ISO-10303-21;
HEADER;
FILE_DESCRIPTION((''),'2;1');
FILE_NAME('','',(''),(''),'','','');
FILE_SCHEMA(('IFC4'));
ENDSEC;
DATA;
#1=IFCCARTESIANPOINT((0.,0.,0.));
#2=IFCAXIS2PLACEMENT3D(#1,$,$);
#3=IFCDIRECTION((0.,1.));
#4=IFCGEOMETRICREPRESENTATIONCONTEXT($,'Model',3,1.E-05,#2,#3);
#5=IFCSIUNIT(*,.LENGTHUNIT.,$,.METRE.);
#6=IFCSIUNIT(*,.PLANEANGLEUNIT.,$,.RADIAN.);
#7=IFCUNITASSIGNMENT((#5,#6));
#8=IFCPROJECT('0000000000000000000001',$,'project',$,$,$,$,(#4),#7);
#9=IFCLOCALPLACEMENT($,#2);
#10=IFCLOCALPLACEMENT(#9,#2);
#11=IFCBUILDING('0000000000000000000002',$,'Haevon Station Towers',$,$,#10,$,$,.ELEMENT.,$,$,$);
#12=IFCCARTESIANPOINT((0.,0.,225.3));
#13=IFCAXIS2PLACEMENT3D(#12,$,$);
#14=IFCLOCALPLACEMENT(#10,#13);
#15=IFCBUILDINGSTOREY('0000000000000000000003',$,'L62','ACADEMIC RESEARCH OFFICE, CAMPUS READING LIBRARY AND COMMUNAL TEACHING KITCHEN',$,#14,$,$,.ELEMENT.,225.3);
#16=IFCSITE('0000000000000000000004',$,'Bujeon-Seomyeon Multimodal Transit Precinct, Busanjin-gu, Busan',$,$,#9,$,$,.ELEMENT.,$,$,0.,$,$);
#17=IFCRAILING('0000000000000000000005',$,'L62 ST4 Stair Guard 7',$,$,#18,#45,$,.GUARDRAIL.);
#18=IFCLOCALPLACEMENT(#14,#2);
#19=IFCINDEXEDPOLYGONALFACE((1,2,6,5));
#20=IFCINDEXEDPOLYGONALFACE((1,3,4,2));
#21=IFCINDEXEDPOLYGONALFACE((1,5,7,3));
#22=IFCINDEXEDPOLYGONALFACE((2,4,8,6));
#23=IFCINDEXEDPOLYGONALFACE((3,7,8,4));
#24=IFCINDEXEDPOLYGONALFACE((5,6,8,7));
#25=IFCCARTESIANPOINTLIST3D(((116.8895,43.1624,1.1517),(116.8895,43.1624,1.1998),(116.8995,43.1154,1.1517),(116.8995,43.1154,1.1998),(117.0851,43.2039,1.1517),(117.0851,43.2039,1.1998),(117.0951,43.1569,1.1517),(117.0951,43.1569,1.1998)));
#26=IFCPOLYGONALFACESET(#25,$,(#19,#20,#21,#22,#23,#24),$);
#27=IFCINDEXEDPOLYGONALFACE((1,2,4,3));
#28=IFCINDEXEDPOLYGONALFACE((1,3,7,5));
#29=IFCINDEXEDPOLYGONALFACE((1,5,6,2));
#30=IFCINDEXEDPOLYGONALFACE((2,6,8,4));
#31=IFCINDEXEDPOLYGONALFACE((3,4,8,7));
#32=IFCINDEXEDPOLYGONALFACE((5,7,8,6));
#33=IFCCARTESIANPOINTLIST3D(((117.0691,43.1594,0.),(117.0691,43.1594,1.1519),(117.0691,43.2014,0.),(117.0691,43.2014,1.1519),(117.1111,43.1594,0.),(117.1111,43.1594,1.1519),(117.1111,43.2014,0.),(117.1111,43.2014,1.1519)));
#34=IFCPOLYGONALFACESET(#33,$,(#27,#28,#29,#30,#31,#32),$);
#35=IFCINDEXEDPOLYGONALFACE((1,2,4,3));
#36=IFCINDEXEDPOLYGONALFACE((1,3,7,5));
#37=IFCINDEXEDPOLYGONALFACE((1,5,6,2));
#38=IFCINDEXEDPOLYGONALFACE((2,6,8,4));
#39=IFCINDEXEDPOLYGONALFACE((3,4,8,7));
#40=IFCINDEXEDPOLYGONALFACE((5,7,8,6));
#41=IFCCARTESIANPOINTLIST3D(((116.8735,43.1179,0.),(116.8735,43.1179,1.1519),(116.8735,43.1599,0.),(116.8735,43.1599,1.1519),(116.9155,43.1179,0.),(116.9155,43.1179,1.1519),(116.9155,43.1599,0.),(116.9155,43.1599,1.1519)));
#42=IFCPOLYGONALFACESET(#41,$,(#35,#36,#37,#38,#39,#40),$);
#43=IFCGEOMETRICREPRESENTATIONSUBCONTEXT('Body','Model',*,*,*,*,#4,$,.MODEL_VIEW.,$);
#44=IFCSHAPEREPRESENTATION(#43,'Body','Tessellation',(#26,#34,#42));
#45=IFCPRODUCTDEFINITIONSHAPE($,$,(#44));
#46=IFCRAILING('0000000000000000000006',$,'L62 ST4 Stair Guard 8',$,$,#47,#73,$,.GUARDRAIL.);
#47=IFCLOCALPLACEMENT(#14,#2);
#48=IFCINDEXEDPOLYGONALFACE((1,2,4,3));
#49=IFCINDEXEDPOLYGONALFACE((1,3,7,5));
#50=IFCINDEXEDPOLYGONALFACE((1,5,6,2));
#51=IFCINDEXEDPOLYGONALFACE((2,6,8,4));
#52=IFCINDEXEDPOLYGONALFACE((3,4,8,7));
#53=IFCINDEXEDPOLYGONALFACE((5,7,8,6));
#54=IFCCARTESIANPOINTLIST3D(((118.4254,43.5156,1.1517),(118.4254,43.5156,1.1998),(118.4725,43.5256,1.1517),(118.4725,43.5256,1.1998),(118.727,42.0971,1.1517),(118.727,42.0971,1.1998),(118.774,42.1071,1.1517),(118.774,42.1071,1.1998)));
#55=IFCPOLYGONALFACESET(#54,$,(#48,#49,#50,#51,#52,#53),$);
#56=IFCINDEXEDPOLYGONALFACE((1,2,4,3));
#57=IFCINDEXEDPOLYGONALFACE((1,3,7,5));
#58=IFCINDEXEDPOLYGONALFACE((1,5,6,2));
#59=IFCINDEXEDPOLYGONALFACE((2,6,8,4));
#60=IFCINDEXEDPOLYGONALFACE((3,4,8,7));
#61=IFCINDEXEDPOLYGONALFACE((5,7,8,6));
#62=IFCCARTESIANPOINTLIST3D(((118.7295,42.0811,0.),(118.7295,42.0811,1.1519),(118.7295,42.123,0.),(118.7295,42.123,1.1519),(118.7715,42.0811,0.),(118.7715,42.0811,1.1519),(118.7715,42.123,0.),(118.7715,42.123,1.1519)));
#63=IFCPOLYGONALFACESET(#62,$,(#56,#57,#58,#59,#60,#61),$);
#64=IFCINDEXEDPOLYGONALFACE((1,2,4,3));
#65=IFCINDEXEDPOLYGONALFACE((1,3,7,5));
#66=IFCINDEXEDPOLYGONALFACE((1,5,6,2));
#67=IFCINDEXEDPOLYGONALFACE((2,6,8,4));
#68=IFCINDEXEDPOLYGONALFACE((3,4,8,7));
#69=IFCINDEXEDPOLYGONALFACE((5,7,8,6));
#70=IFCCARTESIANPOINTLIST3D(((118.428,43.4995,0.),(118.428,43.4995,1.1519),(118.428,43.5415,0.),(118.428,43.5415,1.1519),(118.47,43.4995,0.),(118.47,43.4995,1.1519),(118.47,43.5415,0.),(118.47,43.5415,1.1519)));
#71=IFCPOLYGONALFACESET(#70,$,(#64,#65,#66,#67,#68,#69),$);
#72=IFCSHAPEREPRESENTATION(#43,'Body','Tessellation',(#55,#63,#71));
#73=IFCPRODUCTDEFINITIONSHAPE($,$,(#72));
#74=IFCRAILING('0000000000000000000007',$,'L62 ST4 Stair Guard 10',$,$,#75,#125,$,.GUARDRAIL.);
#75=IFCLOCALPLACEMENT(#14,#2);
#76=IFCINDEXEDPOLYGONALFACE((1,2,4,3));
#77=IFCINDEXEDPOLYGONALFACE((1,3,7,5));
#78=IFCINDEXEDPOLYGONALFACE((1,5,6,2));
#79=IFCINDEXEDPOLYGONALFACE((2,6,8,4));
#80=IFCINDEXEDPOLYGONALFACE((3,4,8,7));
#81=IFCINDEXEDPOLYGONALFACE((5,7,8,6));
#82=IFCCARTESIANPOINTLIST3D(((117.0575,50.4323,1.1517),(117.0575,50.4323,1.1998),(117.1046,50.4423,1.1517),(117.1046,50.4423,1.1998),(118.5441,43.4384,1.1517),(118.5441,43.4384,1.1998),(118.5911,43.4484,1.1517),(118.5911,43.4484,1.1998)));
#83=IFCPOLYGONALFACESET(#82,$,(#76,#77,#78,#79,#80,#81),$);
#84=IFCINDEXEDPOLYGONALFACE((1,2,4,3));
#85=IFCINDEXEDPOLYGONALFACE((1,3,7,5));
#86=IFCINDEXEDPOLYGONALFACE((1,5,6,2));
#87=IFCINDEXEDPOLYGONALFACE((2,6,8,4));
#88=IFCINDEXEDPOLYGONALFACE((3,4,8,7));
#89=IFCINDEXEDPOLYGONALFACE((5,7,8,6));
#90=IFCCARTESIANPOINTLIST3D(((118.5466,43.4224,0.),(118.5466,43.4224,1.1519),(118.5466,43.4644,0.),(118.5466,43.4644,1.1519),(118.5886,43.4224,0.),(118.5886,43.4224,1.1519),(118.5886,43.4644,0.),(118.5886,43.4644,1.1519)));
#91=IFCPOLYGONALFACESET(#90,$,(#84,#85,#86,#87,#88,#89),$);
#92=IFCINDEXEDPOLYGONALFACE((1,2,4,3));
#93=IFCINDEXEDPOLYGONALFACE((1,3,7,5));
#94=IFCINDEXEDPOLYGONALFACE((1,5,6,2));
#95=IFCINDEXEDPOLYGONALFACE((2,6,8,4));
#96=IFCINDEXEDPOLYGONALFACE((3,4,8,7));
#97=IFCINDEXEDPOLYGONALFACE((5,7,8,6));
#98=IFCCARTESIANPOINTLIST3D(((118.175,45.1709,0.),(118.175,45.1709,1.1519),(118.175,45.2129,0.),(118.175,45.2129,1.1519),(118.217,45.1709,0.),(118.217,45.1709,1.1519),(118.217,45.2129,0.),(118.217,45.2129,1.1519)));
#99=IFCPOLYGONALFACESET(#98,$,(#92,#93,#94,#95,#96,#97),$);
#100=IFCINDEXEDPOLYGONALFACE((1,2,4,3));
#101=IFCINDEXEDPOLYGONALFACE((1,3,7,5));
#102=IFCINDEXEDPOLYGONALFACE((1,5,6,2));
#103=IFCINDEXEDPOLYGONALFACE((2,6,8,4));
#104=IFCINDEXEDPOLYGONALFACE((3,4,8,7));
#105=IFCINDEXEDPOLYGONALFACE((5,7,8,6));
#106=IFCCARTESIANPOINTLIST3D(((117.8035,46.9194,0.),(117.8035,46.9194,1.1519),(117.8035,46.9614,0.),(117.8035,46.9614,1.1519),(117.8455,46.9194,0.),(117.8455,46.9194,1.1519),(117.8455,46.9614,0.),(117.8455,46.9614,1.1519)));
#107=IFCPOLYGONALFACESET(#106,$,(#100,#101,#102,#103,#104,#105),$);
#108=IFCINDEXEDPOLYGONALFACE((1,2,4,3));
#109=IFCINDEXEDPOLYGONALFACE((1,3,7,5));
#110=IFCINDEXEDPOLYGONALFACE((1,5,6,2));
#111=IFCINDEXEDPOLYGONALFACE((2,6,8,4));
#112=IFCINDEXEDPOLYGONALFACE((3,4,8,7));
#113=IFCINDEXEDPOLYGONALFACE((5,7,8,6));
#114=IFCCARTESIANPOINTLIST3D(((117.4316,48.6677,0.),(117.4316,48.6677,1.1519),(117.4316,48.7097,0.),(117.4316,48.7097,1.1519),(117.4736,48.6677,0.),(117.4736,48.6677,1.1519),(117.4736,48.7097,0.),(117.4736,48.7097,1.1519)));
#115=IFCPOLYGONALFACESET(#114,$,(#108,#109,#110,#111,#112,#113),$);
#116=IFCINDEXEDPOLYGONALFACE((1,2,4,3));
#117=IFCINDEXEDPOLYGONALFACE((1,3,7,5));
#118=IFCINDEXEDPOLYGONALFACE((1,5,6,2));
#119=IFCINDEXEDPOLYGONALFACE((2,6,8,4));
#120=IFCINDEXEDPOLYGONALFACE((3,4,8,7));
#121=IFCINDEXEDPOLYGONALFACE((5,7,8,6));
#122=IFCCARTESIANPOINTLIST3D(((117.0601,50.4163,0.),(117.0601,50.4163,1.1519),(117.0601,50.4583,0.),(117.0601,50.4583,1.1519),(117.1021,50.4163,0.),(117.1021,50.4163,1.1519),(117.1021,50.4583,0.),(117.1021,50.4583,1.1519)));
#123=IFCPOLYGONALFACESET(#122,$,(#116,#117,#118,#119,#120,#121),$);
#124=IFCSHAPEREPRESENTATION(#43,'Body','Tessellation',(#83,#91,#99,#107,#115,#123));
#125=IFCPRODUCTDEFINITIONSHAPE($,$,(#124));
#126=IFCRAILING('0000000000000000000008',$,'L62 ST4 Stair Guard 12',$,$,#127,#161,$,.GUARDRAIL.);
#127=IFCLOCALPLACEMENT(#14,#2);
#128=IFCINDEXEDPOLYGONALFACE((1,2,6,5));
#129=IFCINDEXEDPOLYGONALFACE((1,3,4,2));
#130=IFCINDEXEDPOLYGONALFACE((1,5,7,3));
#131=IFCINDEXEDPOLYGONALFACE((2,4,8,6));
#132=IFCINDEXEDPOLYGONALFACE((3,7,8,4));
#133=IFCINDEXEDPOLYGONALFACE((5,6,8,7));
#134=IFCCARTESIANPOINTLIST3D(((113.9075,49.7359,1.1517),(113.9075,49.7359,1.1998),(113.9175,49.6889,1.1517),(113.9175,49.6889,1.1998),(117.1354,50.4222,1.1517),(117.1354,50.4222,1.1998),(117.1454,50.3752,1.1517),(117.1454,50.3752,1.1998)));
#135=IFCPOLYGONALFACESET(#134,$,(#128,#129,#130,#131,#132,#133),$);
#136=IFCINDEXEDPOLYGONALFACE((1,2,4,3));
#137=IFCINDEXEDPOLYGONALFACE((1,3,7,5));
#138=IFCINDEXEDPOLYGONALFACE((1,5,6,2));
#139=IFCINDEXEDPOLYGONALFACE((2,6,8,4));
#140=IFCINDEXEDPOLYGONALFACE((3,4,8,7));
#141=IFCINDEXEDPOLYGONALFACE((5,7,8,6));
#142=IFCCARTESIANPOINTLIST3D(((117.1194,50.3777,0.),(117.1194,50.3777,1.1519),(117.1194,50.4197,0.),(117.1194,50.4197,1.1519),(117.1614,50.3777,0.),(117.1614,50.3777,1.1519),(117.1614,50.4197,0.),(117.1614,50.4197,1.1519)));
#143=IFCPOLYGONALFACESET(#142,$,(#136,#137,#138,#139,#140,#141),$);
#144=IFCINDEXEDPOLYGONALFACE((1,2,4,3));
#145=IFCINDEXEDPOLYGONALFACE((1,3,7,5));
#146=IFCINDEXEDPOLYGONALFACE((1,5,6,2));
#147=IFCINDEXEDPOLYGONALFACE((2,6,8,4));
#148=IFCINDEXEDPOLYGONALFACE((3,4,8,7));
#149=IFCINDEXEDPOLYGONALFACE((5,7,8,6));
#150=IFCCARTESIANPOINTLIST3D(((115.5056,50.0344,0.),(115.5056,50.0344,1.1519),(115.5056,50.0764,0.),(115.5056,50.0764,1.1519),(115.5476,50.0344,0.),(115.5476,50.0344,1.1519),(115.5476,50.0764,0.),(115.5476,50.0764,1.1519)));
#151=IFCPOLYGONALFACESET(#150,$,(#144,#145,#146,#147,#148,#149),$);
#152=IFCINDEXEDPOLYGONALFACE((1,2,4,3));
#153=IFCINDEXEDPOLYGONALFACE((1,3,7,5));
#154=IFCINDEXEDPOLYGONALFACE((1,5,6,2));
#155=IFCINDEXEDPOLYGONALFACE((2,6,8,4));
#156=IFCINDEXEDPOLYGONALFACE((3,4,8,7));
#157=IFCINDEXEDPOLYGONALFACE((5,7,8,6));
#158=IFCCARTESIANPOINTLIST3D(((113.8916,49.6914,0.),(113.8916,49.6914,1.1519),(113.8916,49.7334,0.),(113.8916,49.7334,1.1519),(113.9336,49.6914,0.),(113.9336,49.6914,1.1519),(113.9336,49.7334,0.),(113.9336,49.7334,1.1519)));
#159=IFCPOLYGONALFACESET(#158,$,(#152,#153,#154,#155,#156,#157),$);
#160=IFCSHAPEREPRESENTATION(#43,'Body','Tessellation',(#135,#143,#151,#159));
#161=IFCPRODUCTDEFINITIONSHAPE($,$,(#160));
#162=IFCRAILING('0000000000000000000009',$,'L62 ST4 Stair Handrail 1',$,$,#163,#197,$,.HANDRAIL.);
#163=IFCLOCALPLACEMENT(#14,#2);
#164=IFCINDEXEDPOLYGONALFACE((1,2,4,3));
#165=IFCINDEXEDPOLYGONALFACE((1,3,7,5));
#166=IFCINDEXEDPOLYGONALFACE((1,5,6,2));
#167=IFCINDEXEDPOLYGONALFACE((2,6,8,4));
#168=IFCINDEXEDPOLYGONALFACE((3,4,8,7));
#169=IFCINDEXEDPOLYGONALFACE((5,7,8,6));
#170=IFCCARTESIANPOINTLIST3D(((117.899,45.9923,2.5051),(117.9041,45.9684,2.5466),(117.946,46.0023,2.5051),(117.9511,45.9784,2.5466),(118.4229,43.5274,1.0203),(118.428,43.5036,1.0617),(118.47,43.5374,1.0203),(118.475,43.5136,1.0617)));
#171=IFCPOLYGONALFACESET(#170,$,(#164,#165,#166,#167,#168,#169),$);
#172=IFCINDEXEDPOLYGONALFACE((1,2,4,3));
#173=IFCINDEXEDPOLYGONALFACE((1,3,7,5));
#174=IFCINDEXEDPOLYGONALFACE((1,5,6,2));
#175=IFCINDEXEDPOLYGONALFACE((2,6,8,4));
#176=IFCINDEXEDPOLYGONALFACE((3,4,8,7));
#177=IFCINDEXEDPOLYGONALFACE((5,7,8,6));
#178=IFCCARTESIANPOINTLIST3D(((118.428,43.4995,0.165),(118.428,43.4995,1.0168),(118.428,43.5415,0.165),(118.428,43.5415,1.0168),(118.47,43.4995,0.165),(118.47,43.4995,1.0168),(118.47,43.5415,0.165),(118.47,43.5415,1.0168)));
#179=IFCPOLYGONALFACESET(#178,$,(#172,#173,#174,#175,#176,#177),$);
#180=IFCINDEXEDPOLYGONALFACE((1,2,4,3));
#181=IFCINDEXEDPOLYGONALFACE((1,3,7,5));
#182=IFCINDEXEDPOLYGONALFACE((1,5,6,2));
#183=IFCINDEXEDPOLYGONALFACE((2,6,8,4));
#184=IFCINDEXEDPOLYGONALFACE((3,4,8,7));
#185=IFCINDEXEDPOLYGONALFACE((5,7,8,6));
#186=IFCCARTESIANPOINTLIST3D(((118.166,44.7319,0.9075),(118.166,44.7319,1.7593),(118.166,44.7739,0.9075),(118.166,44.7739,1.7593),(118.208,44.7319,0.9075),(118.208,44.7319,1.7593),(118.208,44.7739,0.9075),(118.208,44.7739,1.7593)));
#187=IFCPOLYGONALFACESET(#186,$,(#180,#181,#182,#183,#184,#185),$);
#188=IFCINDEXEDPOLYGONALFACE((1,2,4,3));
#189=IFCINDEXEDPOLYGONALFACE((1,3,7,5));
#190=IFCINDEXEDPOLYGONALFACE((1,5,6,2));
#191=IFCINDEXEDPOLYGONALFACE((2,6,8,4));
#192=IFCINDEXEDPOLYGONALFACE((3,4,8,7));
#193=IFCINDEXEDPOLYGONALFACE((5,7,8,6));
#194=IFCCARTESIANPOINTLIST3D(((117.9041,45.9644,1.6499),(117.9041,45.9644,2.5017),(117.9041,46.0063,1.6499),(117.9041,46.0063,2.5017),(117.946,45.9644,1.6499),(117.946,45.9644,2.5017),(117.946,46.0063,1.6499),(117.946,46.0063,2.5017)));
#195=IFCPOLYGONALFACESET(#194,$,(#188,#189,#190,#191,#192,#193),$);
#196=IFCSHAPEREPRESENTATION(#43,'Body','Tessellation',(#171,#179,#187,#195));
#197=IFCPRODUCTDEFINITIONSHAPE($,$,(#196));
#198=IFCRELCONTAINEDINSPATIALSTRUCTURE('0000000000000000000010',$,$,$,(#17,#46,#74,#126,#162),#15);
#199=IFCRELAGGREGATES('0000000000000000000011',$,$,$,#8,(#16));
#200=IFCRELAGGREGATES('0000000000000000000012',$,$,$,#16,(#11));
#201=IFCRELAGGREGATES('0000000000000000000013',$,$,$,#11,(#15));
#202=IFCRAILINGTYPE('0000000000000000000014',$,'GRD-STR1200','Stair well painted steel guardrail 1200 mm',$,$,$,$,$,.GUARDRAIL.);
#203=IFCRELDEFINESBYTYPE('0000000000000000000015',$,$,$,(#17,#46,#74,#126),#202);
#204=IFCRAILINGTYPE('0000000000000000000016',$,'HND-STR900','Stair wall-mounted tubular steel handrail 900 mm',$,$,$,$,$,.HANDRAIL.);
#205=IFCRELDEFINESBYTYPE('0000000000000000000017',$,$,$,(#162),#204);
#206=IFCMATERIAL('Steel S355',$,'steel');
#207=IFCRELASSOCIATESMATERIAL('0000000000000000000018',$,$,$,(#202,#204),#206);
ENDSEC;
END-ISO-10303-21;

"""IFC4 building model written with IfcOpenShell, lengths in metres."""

from ifc_helpers import new_model, si_unit, direction, frame, origin, origin_2d, place, context, subcontext, project, spatial, rectangle, extrude, material, type_object, element, save


model = new_model("IFC4")

# Units and contexts
model_context = context("Model", 3, precision=1e-05, world=origin(), true_north=direction((0.0, 1.0)))
body_context = subcontext(model_context, "Body", "Model", "MODEL_VIEW")
ifc_project = project(units=[si_unit("LENGTHUNIT", "METRE"), si_unit("PLANEANGLEUNIT", "RADIAN")], contexts=[model_context])

# Site, building, storey
site_placement = place(None, origin())
site = spatial("IfcSite", under=ifc_project, at=site_placement, Name="Bujeon-Seomyeon Multimodal Transit Precinct, Busanjin-gu, Busan", CompositionType="ELEMENT", RefElevation=0.0)
building_placement = place(site_placement, origin())
building = spatial("IfcBuilding", under=site, at=building_placement, Name="Haevon Station Towers", CompositionType="ELEMENT")
storey_placement = place(building_placement, frame((0.0, 0.0, 225.3)))
storey = spatial("IfcBuildingStorey", under=building, at=storey_placement, Name="L62", Description="ACADEMIC RESEARCH OFFICE, CAMPUS READING LIBRARY AND COMMUNAL TEACHING KITCHEN", CompositionType="ELEMENT", Elevation=225.3)

# Shared definitions
ifc_material_1 = material(Name="Steel S355", Category="steel")

# Railings
railing_type_1 = type_object("IfcRailingType", Name="GRD-STR1200", Description="Stair well painted steel guardrail 1200 mm", PredefinedType="GUARDRAIL", material=ifc_material_1)
railing_1_placement = place(storey_placement, frame((117.0901, 43.1804, 0.0)))
element("IfcRailing", 1, at=railing_1_placement, inside=storey, type_object=railing_type_1, Name="L62 ST4 Stair Guard 7", PredefinedType="GUARDRAIL", context=body_context, shape_type="SweptSolid", body=[
    extrude(rectangle(XDim=0.0481, YDim=0.0481, at=origin_2d()), frame((0.0, 0.0, 1.1758), z_axis=(-0.978212, -0.20761, 0.0), x_axis=(0.20761, -0.978212, 0.0)), (0.0, 0.0, 1.0), 0.2),
    extrude(rectangle(XDim=0.042, YDim=0.042, at=origin_2d()), origin(), (0.0, 0.0, 1.0), 1.1519),
    extrude(rectangle(XDim=0.042, YDim=0.042, at=origin_2d()), frame((-0.1956, -0.0415, 0.0)), (0.0, 0.0, 1.0), 1.1519),
])
railing_2_placement = place(storey_placement, frame((118.7505, 42.1021, 0.0)))
element("IfcRailing", 2, at=railing_2_placement, inside=storey, type_object=railing_type_1, Name="L62 ST4 Stair Guard 8", PredefinedType="GUARDRAIL", context=body_context, shape_type="SweptSolid", body=[
    extrude(rectangle(XDim=0.0481, YDim=0.0481, at=origin_2d()), frame((0.0, 0.0, 1.1758), z_axis=(-0.207919, 0.978146, 0.0), x_axis=(-0.978146, -0.207919, 0.0)), (0.0, 0.0, 1.0), 1.4502),
    extrude(rectangle(XDim=0.042, YDim=0.042, at=origin_2d()), origin(), (0.0, 0.0, 1.0), 1.1519),
    extrude(rectangle(XDim=0.042, YDim=0.042, at=origin_2d()), frame((-0.3015, 1.4185, 0.0)), (0.0, 0.0, 1.0), 1.1519),
])
railing_3_placement = place(storey_placement, frame((118.5676, 43.4434, 0.0)))
element("IfcRailing", 3, at=railing_3_placement, inside=storey, type_object=railing_type_1, Name="L62 ST4 Stair Guard 10", PredefinedType="GUARDRAIL", context=body_context, shape_type="SweptSolid", body=[
    extrude(rectangle(XDim=0.0481, YDim=0.0481, at=origin_2d()), frame((0.0, 0.0, 1.1758), z_axis=(-0.207908, 0.978148, 0.0), x_axis=(-0.978148, -0.207908, 0.0)), (0.0, 0.0, 1.0), 7.1501),
    extrude(rectangle(XDim=0.042, YDim=0.042, at=origin_2d()), origin(), (0.0, 0.0, 1.0), 1.1519),
    extrude(rectangle(XDim=0.042, YDim=0.042, at=origin_2d()), frame((-0.3716, 1.7485, 0.0)), (0.0, 0.0, 1.0), 1.1519),
    extrude(rectangle(XDim=0.042, YDim=0.042, at=origin_2d()), frame((-0.7432, 3.4971, 0.0)), (0.0, 0.0, 1.0), 1.1519),
    extrude(rectangle(XDim=0.042, YDim=0.042, at=origin_2d()), frame((-1.115, 5.2454, 0.0)), (0.0, 0.0, 1.0), 1.1519),
    extrude(rectangle(XDim=0.042, YDim=0.042, at=origin_2d()), frame((-1.4866, 6.9939, 0.0)), (0.0, 0.0, 1.0), 1.1519),
])
railing_4_placement = place(storey_placement, frame((117.1404, 50.3987, 0.0)))
element("IfcRailing", 4, at=railing_4_placement, inside=storey, type_object=railing_type_1, Name="L62 ST4 Stair Guard 12", PredefinedType="GUARDRAIL", context=body_context, shape_type="SweptSolid", body=[
    extrude(rectangle(XDim=0.0481, YDim=0.0481, at=origin_2d()), frame((0.0, 0.0, 1.1758), z_axis=(-0.978136, -0.207968, 0.0), x_axis=(0.207968, -0.978136, 0.0)), (0.0, 0.0, 1.0), 3.3),
    extrude(rectangle(XDim=0.042, YDim=0.042, at=origin_2d()), origin(), (0.0, 0.0, 1.0), 1.1519),
    extrude(rectangle(XDim=0.042, YDim=0.042, at=origin_2d()), frame((-1.6138, -0.3433, 0.0)), (0.0, 0.0, 1.0), 1.1519),
    extrude(rectangle(XDim=0.042, YDim=0.042, at=origin_2d()), frame((-3.2278, -0.6863, 0.0)), (0.0, 0.0, 1.0), 1.1519),
])
railing_type_2 = type_object("IfcRailingType", Name="HND-STR900", Description="Stair wall-mounted tubular steel handrail 900 mm", PredefinedType="HANDRAIL", material=ifc_material_1)
railing_5_placement = place(storey_placement, frame((118.449, 43.5205, 0.165)))
element("IfcRailing", 5, at=railing_5_placement, inside=storey, type_object=railing_type_2, Name="L62 ST4 Stair Handrail 1", PredefinedType="HANDRAIL", context=body_context, shape_type="SweptSolid", body=[
    extrude(rectangle(XDim=0.0481, YDim=0.0481, at=origin_2d()), frame((0.0, 0.0, 0.876), z_axis=(-0.179129, 0.842724, 0.507671), x_axis=(-0.978147, -0.207914, 0.0)), (0.0, 0.0, 1.0), 2.9248),
    extrude(rectangle(XDim=0.042, YDim=0.042, at=origin_2d()), origin(), (0.0, 0.0, 1.0), 0.8518),
    extrude(rectangle(XDim=0.042, YDim=0.042, at=origin_2d()), frame((-0.262, 1.2324, 0.7424)), (0.0, 0.0, 1.0), 0.8518),
    extrude(rectangle(XDim=0.042, YDim=0.042, at=origin_2d()), frame((-0.5239, 2.4648, 1.4849)), (0.0, 0.0, 1.0), 0.8518),
])

save(model, "model.ifc")
